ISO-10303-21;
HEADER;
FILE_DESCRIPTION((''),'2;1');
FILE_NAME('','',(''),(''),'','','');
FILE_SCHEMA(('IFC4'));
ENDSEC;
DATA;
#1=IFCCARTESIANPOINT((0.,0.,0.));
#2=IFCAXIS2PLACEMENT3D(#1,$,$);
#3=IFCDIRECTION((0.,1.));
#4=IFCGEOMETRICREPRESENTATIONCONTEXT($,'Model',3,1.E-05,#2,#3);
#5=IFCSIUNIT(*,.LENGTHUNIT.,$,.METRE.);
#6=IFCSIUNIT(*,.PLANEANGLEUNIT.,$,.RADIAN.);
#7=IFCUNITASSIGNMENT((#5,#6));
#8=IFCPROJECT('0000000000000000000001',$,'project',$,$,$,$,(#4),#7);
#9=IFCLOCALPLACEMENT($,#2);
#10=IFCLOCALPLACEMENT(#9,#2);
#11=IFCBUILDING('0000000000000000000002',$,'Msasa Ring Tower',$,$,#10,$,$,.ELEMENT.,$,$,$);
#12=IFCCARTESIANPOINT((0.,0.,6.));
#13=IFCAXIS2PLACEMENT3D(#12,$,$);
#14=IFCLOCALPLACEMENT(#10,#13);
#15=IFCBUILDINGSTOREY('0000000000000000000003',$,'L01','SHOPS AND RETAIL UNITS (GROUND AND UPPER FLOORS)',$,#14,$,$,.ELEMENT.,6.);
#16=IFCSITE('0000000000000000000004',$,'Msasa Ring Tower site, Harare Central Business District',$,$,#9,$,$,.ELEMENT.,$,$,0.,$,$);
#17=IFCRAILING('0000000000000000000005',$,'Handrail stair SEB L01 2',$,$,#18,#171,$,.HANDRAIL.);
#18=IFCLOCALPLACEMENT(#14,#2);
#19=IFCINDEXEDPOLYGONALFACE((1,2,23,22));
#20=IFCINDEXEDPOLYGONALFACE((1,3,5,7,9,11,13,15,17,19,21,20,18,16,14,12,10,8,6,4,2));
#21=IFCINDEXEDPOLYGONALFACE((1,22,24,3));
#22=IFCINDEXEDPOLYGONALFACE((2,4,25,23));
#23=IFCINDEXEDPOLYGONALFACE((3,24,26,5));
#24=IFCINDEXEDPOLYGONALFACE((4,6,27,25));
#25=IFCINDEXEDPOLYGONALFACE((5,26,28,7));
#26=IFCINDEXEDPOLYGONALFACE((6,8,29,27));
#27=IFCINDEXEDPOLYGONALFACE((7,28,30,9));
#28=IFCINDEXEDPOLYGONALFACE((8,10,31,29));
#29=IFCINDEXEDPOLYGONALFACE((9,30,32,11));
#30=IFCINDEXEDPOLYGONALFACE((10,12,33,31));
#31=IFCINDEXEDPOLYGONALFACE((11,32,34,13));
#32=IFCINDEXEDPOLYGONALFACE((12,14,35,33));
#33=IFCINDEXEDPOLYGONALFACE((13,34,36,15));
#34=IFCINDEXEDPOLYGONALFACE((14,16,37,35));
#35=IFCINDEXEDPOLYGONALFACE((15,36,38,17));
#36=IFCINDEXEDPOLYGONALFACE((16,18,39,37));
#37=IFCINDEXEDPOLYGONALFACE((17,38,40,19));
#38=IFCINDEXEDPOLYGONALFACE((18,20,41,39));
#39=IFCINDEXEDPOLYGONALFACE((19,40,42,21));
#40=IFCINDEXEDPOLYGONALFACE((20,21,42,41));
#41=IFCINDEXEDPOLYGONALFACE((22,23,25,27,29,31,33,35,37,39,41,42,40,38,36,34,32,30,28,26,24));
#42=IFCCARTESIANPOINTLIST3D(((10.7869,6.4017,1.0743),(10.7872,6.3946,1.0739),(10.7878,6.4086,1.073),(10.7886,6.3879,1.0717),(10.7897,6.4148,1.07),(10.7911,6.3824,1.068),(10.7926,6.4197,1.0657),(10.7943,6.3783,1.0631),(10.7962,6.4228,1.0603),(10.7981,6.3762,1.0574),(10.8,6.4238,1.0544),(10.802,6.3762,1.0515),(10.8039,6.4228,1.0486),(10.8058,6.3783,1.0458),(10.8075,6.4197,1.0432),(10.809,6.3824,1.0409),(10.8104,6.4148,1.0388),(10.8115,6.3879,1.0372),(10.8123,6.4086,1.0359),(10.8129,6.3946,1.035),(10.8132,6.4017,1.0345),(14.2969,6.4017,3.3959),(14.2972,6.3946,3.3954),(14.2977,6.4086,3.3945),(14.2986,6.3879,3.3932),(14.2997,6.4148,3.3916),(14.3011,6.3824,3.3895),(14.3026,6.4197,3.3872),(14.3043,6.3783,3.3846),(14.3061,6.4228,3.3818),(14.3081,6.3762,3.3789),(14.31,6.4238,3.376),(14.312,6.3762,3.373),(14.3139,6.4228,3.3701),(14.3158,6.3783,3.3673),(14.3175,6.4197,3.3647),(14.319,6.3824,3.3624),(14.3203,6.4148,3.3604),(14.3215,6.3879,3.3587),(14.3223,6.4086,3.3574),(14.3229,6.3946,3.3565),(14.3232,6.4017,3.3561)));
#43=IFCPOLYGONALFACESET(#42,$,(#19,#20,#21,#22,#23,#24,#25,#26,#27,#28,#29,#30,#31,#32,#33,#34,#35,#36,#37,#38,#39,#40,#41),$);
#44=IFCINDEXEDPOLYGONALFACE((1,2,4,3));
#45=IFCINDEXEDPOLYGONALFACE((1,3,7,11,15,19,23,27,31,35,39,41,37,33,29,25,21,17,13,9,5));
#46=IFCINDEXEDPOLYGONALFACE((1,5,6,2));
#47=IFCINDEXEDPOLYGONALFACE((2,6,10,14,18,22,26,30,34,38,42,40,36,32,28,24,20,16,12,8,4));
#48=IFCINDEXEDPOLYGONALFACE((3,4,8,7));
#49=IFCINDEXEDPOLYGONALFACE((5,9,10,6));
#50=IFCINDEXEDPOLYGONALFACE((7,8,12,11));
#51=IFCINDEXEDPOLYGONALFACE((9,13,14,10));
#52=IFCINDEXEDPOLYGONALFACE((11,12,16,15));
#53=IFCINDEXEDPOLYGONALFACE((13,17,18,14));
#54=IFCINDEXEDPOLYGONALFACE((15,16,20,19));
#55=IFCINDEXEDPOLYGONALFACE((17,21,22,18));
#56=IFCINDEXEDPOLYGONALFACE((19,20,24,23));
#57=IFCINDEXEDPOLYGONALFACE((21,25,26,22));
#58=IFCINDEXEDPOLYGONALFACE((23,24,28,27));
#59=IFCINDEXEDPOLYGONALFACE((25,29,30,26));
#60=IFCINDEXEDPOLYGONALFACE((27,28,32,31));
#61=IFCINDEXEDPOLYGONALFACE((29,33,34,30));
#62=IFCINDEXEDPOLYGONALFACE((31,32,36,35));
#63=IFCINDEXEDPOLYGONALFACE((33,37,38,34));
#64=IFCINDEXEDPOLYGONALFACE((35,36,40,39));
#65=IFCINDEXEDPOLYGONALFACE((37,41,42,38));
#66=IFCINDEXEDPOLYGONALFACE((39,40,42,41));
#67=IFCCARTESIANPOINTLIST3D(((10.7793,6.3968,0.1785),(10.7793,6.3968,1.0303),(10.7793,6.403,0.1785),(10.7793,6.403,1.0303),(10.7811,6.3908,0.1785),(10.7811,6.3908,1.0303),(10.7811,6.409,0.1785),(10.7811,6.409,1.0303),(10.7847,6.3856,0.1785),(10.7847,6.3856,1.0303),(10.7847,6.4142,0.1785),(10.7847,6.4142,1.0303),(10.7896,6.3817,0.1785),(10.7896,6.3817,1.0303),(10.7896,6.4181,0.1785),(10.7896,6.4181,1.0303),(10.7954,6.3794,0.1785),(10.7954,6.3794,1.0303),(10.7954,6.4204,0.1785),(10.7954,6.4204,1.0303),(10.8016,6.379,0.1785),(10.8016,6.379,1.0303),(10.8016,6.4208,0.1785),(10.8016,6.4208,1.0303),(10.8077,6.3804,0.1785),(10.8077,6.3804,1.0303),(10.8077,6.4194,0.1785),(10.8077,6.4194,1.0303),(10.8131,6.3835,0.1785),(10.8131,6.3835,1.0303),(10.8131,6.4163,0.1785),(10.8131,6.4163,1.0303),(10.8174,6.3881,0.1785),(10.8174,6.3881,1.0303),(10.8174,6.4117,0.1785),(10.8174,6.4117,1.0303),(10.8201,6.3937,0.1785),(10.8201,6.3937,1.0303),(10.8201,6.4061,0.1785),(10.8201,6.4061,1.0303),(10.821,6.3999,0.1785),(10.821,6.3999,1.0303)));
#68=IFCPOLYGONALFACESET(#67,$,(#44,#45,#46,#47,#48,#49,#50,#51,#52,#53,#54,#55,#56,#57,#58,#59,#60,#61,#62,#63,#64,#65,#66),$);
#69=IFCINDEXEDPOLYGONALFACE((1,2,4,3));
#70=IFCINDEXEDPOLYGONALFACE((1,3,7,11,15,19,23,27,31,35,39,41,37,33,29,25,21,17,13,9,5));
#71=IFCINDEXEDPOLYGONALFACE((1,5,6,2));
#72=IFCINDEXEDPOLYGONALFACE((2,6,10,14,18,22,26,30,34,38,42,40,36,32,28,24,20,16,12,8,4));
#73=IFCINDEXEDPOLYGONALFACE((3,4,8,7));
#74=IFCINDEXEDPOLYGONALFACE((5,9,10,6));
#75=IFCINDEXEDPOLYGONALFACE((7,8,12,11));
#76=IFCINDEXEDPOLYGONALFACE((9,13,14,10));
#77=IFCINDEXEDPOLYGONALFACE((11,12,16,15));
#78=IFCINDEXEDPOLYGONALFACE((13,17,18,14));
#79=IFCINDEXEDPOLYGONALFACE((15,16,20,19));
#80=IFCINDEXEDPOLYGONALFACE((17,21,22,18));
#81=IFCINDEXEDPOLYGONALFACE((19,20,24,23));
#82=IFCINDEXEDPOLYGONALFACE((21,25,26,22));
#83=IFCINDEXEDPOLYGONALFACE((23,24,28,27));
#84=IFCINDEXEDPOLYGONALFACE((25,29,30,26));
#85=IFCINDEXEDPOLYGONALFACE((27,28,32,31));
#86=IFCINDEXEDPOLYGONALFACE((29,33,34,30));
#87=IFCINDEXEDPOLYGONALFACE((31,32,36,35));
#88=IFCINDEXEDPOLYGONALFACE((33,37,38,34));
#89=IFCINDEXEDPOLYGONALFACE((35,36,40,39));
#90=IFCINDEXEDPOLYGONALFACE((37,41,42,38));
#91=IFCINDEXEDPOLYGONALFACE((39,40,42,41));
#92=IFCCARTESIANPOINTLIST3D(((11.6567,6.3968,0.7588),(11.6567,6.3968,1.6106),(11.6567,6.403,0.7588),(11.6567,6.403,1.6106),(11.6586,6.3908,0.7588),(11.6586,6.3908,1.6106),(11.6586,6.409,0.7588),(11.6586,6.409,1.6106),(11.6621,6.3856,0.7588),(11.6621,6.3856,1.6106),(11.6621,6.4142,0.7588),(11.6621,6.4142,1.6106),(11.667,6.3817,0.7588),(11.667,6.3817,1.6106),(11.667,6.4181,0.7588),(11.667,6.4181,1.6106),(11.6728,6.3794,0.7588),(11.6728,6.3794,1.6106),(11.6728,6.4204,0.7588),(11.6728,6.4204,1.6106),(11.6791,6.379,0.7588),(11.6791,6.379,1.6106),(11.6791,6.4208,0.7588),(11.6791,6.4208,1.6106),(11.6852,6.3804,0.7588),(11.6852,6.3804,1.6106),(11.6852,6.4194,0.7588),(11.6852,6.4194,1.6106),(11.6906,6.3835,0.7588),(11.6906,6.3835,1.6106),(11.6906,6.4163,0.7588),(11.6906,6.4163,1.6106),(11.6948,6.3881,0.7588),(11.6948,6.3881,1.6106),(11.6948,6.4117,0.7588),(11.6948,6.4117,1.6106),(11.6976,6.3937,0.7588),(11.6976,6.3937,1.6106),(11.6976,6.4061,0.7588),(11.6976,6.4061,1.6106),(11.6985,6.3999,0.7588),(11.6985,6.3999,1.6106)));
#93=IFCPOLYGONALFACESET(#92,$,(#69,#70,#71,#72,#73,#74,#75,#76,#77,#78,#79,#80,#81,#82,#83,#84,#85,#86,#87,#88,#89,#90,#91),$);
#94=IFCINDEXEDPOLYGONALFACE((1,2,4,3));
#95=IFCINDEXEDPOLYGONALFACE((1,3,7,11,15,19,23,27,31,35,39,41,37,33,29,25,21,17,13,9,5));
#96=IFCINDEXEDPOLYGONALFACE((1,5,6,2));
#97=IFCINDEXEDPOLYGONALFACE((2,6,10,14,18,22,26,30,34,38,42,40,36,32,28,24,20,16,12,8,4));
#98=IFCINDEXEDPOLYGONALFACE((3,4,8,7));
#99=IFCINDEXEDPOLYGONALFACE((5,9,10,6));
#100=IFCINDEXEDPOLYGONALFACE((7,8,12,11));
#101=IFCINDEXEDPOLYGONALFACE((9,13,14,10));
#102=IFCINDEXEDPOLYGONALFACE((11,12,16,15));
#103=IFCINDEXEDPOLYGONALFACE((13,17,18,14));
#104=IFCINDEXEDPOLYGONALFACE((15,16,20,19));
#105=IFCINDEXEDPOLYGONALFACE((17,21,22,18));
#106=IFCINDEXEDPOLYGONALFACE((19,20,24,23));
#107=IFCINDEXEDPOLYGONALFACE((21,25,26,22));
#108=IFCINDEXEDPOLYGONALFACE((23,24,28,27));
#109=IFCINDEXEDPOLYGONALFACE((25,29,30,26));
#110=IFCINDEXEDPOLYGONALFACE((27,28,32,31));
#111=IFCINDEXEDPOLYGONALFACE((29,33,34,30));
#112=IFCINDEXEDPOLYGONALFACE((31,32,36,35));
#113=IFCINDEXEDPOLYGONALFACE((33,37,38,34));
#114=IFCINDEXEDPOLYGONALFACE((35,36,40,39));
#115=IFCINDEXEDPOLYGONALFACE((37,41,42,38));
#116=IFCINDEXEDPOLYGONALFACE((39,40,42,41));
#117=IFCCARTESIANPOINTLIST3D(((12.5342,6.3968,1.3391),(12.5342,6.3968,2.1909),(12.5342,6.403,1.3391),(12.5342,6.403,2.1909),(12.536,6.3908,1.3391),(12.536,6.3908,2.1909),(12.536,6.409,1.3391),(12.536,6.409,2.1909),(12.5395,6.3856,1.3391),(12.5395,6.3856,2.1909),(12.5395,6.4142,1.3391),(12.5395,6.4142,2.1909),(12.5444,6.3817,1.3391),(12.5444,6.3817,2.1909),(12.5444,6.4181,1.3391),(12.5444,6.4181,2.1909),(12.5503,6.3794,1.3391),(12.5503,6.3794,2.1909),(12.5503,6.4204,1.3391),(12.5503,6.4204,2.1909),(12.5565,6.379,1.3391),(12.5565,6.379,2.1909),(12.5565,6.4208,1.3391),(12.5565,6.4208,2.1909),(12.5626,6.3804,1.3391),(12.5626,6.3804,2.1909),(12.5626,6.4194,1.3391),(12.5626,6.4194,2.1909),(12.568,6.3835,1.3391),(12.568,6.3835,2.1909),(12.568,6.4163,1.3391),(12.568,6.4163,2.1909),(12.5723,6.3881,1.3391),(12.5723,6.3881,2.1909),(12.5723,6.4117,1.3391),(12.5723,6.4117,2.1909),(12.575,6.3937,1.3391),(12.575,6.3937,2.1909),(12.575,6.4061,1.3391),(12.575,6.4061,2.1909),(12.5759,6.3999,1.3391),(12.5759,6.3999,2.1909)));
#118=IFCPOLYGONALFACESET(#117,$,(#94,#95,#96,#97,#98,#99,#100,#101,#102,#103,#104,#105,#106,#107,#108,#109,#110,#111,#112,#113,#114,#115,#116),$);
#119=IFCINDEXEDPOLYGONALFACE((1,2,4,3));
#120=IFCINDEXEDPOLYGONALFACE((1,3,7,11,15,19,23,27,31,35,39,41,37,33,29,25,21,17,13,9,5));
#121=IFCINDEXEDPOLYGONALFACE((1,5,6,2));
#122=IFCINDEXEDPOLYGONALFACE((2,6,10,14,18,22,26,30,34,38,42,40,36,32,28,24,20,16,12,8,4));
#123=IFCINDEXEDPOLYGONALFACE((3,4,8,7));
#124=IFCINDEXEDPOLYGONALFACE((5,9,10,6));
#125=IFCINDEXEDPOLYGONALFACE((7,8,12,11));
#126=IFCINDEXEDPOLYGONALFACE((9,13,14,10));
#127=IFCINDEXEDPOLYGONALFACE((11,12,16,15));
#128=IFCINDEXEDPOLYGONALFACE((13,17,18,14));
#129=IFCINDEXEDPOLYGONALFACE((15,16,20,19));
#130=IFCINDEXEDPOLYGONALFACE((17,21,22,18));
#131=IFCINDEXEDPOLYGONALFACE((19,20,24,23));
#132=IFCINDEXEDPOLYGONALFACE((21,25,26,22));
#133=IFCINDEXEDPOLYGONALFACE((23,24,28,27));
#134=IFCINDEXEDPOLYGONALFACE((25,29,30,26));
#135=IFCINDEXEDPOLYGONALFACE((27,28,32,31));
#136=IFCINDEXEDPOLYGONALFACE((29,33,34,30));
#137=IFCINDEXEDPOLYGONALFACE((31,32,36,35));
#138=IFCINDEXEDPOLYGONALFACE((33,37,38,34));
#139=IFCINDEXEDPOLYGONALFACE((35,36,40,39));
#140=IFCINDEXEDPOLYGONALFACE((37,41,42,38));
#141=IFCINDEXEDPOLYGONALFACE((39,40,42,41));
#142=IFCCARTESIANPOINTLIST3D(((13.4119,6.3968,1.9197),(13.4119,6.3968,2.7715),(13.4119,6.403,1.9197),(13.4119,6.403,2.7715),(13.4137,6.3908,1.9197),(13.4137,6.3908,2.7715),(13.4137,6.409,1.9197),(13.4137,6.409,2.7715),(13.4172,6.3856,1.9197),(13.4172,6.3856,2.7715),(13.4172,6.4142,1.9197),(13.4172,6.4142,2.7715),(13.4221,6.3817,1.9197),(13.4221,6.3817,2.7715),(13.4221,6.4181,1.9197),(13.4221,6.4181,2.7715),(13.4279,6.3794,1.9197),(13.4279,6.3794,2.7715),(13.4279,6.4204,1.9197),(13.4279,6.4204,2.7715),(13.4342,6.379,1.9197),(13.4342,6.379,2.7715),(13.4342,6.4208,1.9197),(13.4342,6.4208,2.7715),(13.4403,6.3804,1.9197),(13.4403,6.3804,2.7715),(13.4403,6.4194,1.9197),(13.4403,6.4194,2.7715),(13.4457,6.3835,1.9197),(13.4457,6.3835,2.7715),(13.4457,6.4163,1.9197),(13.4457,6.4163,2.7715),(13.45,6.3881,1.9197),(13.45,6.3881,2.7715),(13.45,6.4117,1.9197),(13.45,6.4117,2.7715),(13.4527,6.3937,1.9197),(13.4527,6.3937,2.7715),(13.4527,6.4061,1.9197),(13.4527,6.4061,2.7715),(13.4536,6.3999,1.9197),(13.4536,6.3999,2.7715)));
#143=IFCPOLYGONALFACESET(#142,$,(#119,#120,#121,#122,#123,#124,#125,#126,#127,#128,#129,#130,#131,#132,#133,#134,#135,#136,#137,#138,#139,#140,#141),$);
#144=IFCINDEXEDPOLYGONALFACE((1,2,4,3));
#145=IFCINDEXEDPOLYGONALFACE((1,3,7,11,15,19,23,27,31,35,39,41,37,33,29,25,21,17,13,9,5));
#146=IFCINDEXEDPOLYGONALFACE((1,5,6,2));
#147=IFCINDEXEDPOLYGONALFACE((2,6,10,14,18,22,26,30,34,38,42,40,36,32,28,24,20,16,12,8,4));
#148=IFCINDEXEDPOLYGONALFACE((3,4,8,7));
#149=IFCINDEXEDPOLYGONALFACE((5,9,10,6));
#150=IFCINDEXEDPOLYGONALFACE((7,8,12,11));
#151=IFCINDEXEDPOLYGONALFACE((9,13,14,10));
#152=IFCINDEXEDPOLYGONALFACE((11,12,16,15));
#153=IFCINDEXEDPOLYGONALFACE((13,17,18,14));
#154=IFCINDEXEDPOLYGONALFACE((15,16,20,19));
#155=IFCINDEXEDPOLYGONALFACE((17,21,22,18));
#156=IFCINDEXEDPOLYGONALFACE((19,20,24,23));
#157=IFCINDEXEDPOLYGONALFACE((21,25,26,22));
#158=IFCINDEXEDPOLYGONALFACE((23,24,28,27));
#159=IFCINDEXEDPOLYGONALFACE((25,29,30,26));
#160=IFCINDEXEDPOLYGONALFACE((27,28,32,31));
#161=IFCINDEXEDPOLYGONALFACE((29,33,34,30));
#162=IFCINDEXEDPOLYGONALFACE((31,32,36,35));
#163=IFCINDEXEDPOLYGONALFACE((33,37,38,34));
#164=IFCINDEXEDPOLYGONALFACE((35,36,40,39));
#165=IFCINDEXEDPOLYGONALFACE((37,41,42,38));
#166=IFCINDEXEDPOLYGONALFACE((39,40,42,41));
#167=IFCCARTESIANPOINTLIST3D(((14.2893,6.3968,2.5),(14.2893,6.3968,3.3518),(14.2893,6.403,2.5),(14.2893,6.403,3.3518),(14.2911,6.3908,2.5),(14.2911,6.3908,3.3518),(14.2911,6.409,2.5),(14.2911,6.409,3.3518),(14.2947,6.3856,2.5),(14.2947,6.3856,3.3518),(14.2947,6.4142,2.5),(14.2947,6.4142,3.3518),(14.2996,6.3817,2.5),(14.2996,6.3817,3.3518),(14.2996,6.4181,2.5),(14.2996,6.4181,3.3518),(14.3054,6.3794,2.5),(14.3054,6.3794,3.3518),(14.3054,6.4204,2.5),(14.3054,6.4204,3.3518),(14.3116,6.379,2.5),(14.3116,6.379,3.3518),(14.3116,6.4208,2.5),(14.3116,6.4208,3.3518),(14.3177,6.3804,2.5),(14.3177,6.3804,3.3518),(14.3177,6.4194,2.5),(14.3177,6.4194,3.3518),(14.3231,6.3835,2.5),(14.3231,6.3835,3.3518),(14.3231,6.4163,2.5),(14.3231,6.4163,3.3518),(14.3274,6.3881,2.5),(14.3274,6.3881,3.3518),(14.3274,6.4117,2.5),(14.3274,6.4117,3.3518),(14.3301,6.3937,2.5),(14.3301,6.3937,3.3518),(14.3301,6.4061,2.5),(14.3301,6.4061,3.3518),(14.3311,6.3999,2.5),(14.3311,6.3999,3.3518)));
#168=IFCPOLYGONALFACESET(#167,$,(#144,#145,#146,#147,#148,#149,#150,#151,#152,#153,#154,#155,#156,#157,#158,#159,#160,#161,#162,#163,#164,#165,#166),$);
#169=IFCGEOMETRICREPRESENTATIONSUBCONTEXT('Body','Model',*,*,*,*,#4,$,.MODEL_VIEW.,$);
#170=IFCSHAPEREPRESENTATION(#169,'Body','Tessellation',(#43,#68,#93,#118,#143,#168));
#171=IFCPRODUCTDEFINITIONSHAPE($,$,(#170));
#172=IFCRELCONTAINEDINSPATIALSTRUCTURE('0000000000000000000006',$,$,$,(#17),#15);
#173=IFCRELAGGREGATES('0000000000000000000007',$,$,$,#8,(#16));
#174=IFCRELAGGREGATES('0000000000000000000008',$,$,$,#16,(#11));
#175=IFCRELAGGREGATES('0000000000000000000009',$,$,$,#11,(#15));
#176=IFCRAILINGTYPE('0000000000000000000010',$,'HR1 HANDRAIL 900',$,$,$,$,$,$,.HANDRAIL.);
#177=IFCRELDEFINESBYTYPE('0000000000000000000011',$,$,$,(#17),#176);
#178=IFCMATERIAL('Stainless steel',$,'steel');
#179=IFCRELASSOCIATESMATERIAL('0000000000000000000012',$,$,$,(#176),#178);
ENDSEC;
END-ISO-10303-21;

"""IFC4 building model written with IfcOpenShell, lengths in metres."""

from ifc_helpers import new_model, si_unit, direction, frame, origin, origin_2d, place, context, subcontext, project, spatial, circle, extrude, material, type_object, element, save


model = new_model("IFC4")

# Units and contexts
model_context = context("Model", 3, precision=1e-05, world=origin(), true_north=direction((0.0, 1.0)))
body_context = subcontext(model_context, "Body", "Model", "MODEL_VIEW")
ifc_project = project(units=[si_unit("LENGTHUNIT", "METRE"), si_unit("PLANEANGLEUNIT", "RADIAN")], contexts=[model_context])

# Site, building, storey
site_placement = place(None, origin())
site = spatial("IfcSite", under=ifc_project, at=site_placement, Name="Msasa Ring Tower site, Harare Central Business District", CompositionType="ELEMENT", RefElevation=0.0)
building_placement = place(site_placement, origin())
building = spatial("IfcBuilding", under=site, at=building_placement, Name="Msasa Ring Tower", CompositionType="ELEMENT")
storey_placement = place(building_placement, frame((0.0, 0.0, 6.0)))
storey = spatial("IfcBuildingStorey", under=building, at=storey_placement, Name="L01", Description="SHOPS AND RETAIL UNITS (GROUND AND UPPER FLOORS)", CompositionType="ELEMENT", Elevation=6.0)

# Railing
ifc_material_1 = material(Name="Stainless steel", Category="steel")
railing_type = type_object("IfcRailingType", Name="HR1 HANDRAIL 900", PredefinedType="HANDRAIL", material=ifc_material_1)
for number, where, name in (
    (1, (10.8, 6.3999, 0.1785), "Handrail stair SEB L01 2"),
):
    element("IfcRailing", number, at=place(storey_placement, frame(where)), inside=storey, type_object=railing_type, Name=name, PredefinedType="HANDRAIL", context=body_context, shape_type="SweptSolid", body=[
        extrude(circle(Radius=0.0239, at=origin_2d()), frame((0.0, 0.0, 0.876), z_axis=(0.834071, 0.0, 0.551657), x_axis=(0.0, 1.0, 0.0)), (0.0, 0.0, 1.0), 4.2083),
        extrude(circle(Radius=0.021, at=origin_2d()), origin(), (0.0, 0.0, 1.0), 0.8518),
        extrude(circle(Radius=0.021, at=origin_2d()), frame((0.8774, 0.0, 0.5803)), (0.0, 0.0, 1.0), 0.8518),
        extrude(circle(Radius=0.021, at=origin_2d()), frame((1.7549, 0.0, 1.1606)), (0.0, 0.0, 1.0), 0.8518),
        extrude(circle(Radius=0.021, at=origin_2d()), frame((2.6326, 0.0, 1.7412)), (0.0, 0.0, 1.0), 0.8518),
        extrude(circle(Radius=0.021, at=origin_2d()), frame((3.51, 0.0, 2.3215)), (0.0, 0.0, 1.0), 0.8518),
    ])

save(model, "model.ifc")
